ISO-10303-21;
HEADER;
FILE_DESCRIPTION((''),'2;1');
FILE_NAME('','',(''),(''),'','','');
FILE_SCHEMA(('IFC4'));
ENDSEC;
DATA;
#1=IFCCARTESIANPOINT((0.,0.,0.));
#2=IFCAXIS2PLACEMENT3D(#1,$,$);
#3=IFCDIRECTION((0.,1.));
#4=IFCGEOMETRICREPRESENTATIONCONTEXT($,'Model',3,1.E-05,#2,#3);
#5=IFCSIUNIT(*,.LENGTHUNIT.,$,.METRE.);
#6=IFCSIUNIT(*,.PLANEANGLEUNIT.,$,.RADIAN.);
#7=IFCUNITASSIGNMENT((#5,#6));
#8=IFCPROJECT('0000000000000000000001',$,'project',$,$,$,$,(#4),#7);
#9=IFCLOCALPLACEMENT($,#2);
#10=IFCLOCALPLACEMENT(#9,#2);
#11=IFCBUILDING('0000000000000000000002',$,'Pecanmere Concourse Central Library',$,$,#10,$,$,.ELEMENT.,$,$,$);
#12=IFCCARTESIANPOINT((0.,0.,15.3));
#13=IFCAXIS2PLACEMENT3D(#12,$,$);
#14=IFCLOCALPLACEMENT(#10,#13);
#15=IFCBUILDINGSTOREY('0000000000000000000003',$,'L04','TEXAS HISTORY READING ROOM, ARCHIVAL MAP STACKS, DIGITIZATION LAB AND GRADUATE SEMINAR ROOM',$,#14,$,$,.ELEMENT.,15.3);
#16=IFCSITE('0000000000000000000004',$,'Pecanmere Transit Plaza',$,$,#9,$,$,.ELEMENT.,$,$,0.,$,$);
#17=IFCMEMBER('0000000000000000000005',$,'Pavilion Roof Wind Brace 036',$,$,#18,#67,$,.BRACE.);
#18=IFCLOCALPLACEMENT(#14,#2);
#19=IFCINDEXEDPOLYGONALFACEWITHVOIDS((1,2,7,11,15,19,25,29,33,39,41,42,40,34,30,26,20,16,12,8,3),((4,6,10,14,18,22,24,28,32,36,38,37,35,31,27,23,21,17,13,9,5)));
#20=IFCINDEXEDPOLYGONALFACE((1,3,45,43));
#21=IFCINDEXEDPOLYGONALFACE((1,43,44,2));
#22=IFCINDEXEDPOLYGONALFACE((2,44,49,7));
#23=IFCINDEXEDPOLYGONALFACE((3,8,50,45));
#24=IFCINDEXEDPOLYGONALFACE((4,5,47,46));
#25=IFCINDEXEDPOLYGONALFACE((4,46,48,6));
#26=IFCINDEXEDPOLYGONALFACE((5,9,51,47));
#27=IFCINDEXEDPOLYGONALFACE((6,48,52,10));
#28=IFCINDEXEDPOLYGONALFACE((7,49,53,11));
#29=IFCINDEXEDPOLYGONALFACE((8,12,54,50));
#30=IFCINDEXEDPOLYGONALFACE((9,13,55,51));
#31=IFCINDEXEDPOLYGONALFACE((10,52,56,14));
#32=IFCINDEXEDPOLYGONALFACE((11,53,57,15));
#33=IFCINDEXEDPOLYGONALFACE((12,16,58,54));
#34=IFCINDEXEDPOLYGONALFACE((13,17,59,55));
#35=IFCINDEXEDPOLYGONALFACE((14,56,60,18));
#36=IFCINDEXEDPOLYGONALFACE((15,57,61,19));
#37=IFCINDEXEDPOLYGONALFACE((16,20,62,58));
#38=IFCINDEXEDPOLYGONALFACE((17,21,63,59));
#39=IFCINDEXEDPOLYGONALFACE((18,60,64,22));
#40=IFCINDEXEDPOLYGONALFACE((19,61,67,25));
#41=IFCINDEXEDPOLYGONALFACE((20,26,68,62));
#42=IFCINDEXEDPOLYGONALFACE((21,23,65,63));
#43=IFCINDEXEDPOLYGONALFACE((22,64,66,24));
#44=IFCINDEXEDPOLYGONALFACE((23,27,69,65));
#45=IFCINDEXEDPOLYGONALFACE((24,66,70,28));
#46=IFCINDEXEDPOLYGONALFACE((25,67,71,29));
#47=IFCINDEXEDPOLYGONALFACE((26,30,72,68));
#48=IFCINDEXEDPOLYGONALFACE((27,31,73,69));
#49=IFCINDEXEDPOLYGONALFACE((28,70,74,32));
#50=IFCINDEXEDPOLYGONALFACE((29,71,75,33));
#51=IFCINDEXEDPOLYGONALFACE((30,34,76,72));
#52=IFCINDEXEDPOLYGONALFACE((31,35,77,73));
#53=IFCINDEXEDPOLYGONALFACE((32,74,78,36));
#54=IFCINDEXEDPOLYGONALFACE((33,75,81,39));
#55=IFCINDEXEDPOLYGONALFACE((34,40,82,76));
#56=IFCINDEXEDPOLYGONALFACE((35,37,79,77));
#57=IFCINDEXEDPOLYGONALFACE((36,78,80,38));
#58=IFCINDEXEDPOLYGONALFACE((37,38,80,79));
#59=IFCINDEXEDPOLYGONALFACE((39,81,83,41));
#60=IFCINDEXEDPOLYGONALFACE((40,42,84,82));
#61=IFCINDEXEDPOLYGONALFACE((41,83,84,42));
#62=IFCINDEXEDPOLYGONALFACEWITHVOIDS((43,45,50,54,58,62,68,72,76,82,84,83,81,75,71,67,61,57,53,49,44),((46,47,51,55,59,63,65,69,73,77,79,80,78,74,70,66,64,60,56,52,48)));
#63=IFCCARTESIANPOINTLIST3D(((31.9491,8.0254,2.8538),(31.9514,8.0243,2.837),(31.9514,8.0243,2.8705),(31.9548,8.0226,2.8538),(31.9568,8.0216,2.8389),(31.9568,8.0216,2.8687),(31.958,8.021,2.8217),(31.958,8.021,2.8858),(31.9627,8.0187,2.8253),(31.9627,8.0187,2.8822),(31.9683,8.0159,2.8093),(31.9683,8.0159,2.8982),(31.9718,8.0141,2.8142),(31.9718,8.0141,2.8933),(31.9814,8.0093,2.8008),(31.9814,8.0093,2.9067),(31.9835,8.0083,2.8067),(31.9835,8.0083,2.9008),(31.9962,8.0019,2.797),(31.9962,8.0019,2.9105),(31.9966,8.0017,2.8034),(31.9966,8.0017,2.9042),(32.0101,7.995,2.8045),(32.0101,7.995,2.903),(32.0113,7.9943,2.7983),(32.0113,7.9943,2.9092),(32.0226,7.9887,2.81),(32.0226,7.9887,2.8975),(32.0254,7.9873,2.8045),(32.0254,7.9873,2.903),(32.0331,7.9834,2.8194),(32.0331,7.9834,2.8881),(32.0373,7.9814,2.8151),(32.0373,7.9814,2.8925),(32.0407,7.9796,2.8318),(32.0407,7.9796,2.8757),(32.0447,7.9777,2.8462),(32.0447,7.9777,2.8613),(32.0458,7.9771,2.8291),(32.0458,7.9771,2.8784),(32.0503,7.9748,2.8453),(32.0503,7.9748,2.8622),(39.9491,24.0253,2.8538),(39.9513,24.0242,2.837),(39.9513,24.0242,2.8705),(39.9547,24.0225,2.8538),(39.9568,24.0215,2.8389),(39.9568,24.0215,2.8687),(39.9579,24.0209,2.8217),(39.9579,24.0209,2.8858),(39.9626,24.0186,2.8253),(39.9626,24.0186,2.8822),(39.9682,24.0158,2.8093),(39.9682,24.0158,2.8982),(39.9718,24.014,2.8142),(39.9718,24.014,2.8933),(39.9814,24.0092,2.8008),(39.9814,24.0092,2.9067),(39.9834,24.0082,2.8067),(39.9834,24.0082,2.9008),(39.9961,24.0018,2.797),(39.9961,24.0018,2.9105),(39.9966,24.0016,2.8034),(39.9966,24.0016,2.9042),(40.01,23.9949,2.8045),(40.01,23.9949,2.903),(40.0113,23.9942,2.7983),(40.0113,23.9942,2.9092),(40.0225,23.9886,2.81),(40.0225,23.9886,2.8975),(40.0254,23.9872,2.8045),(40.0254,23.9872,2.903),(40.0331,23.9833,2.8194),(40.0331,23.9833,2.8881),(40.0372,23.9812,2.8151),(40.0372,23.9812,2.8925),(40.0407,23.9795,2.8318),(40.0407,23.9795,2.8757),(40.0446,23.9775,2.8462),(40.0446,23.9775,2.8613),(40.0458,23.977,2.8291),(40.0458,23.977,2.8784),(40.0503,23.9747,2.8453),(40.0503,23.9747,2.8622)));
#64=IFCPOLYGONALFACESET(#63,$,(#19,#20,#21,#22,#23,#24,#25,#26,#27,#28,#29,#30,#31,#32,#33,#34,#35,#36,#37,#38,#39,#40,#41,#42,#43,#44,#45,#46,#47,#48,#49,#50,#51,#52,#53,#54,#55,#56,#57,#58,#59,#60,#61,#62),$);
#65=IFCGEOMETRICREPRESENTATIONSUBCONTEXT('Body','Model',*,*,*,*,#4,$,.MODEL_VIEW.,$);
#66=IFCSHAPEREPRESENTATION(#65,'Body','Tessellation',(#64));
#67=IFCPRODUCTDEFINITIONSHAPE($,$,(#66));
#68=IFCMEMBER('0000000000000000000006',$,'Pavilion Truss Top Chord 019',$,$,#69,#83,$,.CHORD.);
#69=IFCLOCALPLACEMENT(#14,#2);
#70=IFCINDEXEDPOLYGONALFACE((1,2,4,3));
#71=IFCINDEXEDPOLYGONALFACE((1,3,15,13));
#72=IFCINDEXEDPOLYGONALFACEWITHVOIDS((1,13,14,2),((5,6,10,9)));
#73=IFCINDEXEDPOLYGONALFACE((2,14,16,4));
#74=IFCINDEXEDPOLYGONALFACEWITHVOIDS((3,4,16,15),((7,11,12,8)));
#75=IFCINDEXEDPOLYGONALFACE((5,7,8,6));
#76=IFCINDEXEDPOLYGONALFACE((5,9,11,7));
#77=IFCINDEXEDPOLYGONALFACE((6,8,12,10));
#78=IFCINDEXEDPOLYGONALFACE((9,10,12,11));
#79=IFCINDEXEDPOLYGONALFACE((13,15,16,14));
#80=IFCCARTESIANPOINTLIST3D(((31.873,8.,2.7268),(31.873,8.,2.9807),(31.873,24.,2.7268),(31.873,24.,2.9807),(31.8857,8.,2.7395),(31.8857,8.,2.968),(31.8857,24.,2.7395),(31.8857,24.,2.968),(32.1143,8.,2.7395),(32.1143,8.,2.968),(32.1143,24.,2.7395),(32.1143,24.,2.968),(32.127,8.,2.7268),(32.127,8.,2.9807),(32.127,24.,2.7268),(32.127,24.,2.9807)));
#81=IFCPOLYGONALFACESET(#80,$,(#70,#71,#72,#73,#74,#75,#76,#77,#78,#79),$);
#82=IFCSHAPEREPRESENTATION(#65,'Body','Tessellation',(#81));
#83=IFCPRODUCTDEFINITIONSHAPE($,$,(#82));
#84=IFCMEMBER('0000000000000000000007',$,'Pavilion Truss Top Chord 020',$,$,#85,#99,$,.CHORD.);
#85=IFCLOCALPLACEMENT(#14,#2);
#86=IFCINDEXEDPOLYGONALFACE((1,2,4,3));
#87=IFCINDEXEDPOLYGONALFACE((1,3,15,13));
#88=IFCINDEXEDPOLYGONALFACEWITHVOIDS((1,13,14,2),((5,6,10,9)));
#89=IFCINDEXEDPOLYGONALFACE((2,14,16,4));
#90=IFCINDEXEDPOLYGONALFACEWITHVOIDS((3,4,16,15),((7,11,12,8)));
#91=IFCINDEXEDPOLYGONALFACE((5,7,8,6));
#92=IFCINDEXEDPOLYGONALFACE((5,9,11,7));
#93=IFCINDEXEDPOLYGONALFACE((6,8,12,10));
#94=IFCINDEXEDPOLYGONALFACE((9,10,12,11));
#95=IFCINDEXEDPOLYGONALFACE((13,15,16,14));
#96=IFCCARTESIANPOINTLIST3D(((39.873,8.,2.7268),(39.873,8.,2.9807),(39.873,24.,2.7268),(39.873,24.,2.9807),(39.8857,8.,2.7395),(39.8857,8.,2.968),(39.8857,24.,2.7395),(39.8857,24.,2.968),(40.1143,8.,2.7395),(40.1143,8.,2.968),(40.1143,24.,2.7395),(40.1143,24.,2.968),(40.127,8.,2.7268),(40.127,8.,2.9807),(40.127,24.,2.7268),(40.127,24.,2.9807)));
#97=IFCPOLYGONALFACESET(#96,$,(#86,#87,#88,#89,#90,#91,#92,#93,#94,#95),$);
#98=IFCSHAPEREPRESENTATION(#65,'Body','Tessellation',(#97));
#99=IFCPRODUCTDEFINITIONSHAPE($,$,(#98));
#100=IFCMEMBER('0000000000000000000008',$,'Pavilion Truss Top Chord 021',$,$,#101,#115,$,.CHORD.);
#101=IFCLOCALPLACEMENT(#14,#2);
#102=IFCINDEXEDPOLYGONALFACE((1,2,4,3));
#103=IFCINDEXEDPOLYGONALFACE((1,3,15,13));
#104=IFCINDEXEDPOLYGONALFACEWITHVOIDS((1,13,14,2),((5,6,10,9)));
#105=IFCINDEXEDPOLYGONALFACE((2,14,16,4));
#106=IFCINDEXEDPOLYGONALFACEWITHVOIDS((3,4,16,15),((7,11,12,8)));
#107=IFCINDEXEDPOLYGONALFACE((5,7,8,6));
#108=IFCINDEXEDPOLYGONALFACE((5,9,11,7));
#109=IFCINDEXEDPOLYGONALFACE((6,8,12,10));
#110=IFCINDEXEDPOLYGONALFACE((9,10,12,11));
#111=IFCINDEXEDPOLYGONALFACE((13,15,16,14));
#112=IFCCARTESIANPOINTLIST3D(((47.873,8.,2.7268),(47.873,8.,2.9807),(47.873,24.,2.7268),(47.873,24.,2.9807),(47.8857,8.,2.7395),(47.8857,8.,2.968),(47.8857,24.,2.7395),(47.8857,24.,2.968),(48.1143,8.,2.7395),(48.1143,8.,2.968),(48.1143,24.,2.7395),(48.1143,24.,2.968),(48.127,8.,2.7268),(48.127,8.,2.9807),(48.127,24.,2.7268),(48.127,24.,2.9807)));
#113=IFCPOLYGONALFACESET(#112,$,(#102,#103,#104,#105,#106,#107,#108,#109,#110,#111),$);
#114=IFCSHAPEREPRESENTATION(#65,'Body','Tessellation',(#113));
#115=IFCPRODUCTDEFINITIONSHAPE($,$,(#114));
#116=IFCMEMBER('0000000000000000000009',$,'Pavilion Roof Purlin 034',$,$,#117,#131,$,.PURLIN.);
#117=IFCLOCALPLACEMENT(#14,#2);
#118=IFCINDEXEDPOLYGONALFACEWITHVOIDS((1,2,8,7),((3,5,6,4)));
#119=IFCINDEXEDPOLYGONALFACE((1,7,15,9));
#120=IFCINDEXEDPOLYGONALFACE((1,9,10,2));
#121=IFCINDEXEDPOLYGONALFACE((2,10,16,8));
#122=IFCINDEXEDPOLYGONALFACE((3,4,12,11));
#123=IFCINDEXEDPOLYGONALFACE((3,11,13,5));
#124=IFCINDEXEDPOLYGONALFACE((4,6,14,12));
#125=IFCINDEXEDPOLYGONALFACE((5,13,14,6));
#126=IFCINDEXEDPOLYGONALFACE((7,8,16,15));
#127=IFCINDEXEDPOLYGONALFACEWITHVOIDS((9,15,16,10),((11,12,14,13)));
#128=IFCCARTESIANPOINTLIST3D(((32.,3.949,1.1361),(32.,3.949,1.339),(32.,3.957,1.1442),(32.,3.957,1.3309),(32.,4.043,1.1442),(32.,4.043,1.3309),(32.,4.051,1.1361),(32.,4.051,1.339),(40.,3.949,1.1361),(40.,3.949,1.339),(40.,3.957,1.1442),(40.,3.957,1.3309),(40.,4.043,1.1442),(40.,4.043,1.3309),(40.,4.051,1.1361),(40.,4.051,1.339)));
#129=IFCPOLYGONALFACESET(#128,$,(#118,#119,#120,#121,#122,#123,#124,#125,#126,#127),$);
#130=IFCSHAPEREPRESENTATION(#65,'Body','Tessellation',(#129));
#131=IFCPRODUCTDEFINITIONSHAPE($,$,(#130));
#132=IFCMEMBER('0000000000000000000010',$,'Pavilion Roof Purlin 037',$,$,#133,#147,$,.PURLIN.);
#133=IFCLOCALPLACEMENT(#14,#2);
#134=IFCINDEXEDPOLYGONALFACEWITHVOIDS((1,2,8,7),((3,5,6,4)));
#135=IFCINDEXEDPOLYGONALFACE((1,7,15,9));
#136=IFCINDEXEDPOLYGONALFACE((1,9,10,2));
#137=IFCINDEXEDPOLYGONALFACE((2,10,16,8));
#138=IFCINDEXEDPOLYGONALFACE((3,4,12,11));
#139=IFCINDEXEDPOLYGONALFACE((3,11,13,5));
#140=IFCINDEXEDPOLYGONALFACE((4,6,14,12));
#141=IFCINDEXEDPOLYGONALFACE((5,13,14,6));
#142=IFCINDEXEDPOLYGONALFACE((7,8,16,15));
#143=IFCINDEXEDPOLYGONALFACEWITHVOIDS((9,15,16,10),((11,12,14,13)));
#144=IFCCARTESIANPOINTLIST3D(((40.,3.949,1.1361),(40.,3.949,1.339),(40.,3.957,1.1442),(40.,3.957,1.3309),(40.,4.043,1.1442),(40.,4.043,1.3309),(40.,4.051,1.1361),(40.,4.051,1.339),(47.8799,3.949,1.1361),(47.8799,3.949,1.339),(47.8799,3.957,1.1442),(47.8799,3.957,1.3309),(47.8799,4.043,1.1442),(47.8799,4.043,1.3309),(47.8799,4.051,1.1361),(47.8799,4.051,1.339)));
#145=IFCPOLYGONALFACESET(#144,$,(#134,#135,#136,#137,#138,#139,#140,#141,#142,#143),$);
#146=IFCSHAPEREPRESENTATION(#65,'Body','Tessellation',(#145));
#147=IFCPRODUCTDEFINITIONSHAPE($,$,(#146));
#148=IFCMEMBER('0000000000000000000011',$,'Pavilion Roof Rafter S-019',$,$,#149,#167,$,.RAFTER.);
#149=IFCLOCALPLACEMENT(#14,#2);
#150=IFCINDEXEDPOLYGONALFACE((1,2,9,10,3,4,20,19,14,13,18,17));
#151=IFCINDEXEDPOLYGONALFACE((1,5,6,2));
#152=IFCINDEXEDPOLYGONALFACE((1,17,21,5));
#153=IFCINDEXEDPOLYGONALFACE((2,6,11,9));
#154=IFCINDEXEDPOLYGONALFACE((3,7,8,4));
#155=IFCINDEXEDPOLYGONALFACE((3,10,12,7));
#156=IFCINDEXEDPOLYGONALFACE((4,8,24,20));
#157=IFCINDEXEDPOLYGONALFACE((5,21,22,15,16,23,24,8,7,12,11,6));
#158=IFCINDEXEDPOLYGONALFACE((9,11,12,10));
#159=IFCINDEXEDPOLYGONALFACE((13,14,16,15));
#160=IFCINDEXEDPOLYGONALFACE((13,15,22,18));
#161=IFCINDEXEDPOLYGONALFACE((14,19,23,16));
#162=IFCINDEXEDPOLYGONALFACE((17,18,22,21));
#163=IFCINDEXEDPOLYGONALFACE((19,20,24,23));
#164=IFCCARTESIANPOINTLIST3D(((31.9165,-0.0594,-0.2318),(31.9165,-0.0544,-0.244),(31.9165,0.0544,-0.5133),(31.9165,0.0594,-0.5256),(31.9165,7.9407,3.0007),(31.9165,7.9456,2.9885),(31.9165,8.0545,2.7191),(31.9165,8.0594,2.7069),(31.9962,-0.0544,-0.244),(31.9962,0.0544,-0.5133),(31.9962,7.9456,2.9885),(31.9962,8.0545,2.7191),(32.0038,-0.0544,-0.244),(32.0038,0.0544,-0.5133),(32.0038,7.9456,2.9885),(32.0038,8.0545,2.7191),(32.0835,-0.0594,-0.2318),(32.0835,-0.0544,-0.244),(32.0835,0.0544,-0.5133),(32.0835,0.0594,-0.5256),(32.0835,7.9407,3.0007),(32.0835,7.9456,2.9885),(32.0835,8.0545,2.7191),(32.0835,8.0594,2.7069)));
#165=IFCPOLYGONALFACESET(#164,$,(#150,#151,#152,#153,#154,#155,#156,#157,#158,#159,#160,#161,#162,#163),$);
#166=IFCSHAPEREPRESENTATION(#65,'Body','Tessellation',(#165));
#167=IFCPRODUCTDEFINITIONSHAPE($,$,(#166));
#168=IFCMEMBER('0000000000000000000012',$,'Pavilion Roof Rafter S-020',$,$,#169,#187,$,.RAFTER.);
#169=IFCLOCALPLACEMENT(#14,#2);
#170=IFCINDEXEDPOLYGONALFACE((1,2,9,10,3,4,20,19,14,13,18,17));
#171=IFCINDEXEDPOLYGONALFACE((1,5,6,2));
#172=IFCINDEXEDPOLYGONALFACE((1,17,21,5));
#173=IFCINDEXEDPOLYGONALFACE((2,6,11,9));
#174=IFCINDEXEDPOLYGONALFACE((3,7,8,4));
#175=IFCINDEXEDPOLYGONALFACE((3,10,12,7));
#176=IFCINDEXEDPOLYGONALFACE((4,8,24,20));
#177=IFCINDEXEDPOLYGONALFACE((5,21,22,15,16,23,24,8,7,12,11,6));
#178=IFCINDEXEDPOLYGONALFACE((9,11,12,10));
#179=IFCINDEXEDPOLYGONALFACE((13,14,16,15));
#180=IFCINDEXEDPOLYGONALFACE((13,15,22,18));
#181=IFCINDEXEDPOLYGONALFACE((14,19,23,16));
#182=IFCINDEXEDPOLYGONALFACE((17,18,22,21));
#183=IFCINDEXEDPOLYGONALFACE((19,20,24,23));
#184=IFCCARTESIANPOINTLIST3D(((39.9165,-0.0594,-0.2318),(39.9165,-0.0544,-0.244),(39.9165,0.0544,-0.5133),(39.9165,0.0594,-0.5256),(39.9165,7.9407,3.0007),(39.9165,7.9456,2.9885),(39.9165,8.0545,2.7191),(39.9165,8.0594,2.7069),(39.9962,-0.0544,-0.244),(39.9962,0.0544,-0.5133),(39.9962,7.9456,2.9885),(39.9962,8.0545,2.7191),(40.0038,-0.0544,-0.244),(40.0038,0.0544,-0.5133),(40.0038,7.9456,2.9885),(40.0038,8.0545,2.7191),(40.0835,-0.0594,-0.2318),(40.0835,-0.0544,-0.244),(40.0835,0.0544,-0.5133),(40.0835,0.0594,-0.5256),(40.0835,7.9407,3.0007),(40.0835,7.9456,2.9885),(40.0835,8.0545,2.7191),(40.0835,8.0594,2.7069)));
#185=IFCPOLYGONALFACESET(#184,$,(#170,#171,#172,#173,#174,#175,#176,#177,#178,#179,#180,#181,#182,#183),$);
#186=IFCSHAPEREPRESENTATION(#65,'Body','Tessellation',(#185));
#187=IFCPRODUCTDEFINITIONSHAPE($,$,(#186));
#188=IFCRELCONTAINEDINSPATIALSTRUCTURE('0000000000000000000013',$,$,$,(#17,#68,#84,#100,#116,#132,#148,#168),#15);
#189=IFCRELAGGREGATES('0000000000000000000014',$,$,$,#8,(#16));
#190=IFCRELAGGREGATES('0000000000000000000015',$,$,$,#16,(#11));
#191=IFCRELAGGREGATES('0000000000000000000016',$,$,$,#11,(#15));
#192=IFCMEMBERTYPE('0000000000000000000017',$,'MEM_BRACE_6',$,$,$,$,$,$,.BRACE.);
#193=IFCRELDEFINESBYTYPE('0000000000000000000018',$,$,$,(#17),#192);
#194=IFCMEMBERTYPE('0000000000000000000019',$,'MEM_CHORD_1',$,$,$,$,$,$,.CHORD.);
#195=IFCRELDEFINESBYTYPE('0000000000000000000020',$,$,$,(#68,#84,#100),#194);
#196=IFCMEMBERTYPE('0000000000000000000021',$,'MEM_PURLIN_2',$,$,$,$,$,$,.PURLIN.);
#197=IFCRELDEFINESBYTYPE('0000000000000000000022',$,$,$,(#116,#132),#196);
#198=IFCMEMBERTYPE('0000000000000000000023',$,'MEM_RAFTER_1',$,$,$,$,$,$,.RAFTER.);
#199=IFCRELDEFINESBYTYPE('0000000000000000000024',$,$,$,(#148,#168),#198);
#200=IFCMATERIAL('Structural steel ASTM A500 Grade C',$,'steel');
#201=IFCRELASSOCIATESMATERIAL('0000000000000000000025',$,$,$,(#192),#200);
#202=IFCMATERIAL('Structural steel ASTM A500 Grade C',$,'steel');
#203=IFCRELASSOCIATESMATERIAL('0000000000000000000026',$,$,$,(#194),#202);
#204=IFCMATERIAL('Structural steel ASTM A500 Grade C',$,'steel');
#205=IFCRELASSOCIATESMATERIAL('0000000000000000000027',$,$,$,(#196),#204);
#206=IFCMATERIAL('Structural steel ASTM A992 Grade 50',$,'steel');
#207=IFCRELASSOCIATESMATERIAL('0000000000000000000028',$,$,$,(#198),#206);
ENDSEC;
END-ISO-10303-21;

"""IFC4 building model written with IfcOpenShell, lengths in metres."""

from ifc_helpers import new_model, si_unit, direction, frame, origin, origin_2d, place, context, subcontext, project, spatial, hollow_rectangle, hollow_circle, i_section, extrude, material, material_profile, profile_set, type_object, element, save


model = new_model("IFC4")

# Units and contexts
model_context = context("Model", 3, precision=1e-05, world=origin(), true_north=direction((0.0, 1.0)))
body_context = subcontext(model_context, "Body", "Model", "MODEL_VIEW")
ifc_project = project(units=[si_unit("LENGTHUNIT", "METRE"), si_unit("PLANEANGLEUNIT", "RADIAN")], contexts=[model_context])

# Site, building, storey
site_placement = place(None, origin())
site = spatial("IfcSite", under=ifc_project, at=site_placement, Name="Pecanmere Transit Plaza", CompositionType="ELEMENT", RefElevation=0.0)
building_placement = place(site_placement, origin())
building = spatial("IfcBuilding", under=site, at=building_placement, Name="Pecanmere Concourse Central Library", CompositionType="ELEMENT")
storey_placement = place(building_placement, frame((0.0, 0.0, 15.3)))
storey = spatial("IfcBuildingStorey", under=building, at=storey_placement, Name="L04", Description="TEXAS HISTORY READING ROOM, ARCHIVAL MAP STACKS, DIGITIZATION LAB AND GRADUATE SEMINAR ROOM", CompositionType="ELEMENT", Elevation=15.3)

# Members
ifc_material_1 = material(Name="Structural steel ASTM A500 Grade C", Category="steel")
ifc_material_profile_1 = material_profile(ifc_material_1, hollow_circle(Radius=0.0569, WallThickness=0.0063, at=origin_2d()), Name="HSS114.3x6.4")
ifc_profile_set_1 = profile_set([ifc_material_profile_1], Name="Structural steel ASTM A500 Grade C")
member_type_1 = type_object("IfcMemberType", Name="MEM_BRACE_6", PredefinedType="BRACE", material=ifc_profile_set_1)
member_1_placement = place(storey_placement, frame((32.0, 8.0, 2.8538), z_axis=(0.447214, 0.894427, 0.0), x_axis=(-0.894427, 0.447214, 0.0)))
element("IfcMember", 1, at=member_1_placement, inside=storey, type_object=member_type_1, Name="Pavilion Roof Wind Brace 036", PredefinedType="BRACE", context=body_context, shape_type="SweptSolid", body=[
    extrude(hollow_circle(Radius=0.0569, WallThickness=0.0063, at=origin_2d()), origin(), (0.0, 0.0, 1.0), 17.8884),
])
ifc_material_2 = material(Name="Structural steel ASTM A500 Grade C", Category="steel")
ifc_material_profile_2 = material_profile(ifc_material_2, hollow_rectangle(XDim=0.2539, YDim=0.2539, WallThickness=0.0127, at=origin_2d()), Name="HSS254x254x12.7")
ifc_profile_set_2 = profile_set([ifc_material_profile_2], Name="Structural steel ASTM A500 Grade C")
member_type_2 = type_object("IfcMemberType", Name="MEM_CHORD_1", PredefinedType="CHORD", material=ifc_profile_set_2)
for number, where, z_axis, x_axis, name in (
    (2, (32.0, 8.0, 2.8538), (0.0, 1.0, 0.0), (-1.0, 0.0, 0.0), "Pavilion Truss Top Chord 019"),
    (3, (40.0, 8.0, 2.8538), (0.0, 1.0, 0.0), (-1.0, 0.0, 0.0), "Pavilion Truss Top Chord 020"),
    (4, (48.0, 8.0, 2.8538), (0.0, 1.0, 0.0), (-1.0, 0.0, 0.0), "Pavilion Truss Top Chord 021"),
):
    element("IfcMember", number, at=place(storey_placement, frame(where, z_axis=z_axis, x_axis=x_axis)), inside=storey, type_object=member_type_2, Name=name, PredefinedType="CHORD", context=body_context, shape_type="SweptSolid", body=[
        extrude(hollow_rectangle(XDim=0.2539, YDim=0.2539, WallThickness=0.0127, at=origin_2d()), origin(), (0.0, 0.0, 1.0), 16.0),
    ])
ifc_material_3 = material(Name="Structural steel ASTM A500 Grade C", Category="steel")
ifc_material_profile_3 = material_profile(ifc_material_3, hollow_rectangle(XDim=0.1021, YDim=0.2029, WallThickness=0.0081, at=origin_2d()), Name="HSS203x102x8.0")
ifc_profile_set_3 = profile_set([ifc_material_profile_3], Name="Structural steel ASTM A500 Grade C")
member_type_3 = type_object("IfcMemberType", Name="MEM_PURLIN_2", PredefinedType="PURLIN", material=ifc_profile_set_3)
member_2_placement = place(storey_placement, frame((32.0, 4.0, 1.2375), z_axis=(1.0, 0.0, 0.0), x_axis=(0.0, 1.0, 0.0)))
element("IfcMember", 5, at=member_2_placement, inside=storey, type_object=member_type_3, Name="Pavilion Roof Purlin 034", PredefinedType="PURLIN", context=body_context, shape_type="SweptSolid", body=[
    extrude(hollow_rectangle(XDim=0.1021, YDim=0.2029, WallThickness=0.0081, at=origin_2d()), origin(), (0.0, 0.0, 1.0), 8.0),
])
member_3_placement = place(storey_placement, frame((40.0, 4.0, 1.2375), z_axis=(1.0, 0.0, 0.0), x_axis=(0.0, 1.0, 0.0)))
element("IfcMember", 6, at=member_3_placement, inside=storey, type_object=member_type_3, Name="Pavilion Roof Purlin 037", PredefinedType="PURLIN", context=body_context, shape_type="SweptSolid", body=[
    extrude(hollow_rectangle(XDim=0.1021, YDim=0.2029, WallThickness=0.0081, at=origin_2d()), origin(), (0.0, 0.0, 1.0), 7.8799),
])
ifc_material_4 = material(Name="Structural steel ASTM A992 Grade 50", Category="steel")
ifc_material_profile_4 = material_profile(ifc_material_4, i_section(OverallWidth=0.167, OverallDepth=0.3169, WebThickness=0.0076, FlangeThickness=0.0132, at=origin_2d()), Name="W310x52")
ifc_profile_set_4 = profile_set([ifc_material_profile_4], Name="Structural steel ASTM A992 Grade 50")
member_type_4 = type_object("IfcMemberType", Name="MEM_RAFTER_1", PredefinedType="RAFTER", material=ifc_profile_set_4)
for number, where, z_axis, x_axis, name in (
    (7, (32.0, 0.0, -0.3787), (0.0, 0.927175, 0.374628), (-1.0, 0.0, 0.0), "Pavilion Roof Rafter S-019"),
    (8, (40.0, 0.0, -0.3787), (0.0, 0.927175, 0.374628), (-1.0, 0.0, 0.0), "Pavilion Roof Rafter S-020"),
):
    element("IfcMember", number, at=place(storey_placement, frame(where, z_axis=z_axis, x_axis=x_axis)), inside=storey, type_object=member_type_4, Name=name, PredefinedType="RAFTER", context=body_context, shape_type="SweptSolid", body=[
        extrude(i_section(OverallWidth=0.167, OverallDepth=0.3169, WebThickness=0.0076, FlangeThickness=0.0132, at=origin_2d()), origin(), (0.0, 0.0, 1.0), 8.6284),
    ])

save(model, "model.ifc")
